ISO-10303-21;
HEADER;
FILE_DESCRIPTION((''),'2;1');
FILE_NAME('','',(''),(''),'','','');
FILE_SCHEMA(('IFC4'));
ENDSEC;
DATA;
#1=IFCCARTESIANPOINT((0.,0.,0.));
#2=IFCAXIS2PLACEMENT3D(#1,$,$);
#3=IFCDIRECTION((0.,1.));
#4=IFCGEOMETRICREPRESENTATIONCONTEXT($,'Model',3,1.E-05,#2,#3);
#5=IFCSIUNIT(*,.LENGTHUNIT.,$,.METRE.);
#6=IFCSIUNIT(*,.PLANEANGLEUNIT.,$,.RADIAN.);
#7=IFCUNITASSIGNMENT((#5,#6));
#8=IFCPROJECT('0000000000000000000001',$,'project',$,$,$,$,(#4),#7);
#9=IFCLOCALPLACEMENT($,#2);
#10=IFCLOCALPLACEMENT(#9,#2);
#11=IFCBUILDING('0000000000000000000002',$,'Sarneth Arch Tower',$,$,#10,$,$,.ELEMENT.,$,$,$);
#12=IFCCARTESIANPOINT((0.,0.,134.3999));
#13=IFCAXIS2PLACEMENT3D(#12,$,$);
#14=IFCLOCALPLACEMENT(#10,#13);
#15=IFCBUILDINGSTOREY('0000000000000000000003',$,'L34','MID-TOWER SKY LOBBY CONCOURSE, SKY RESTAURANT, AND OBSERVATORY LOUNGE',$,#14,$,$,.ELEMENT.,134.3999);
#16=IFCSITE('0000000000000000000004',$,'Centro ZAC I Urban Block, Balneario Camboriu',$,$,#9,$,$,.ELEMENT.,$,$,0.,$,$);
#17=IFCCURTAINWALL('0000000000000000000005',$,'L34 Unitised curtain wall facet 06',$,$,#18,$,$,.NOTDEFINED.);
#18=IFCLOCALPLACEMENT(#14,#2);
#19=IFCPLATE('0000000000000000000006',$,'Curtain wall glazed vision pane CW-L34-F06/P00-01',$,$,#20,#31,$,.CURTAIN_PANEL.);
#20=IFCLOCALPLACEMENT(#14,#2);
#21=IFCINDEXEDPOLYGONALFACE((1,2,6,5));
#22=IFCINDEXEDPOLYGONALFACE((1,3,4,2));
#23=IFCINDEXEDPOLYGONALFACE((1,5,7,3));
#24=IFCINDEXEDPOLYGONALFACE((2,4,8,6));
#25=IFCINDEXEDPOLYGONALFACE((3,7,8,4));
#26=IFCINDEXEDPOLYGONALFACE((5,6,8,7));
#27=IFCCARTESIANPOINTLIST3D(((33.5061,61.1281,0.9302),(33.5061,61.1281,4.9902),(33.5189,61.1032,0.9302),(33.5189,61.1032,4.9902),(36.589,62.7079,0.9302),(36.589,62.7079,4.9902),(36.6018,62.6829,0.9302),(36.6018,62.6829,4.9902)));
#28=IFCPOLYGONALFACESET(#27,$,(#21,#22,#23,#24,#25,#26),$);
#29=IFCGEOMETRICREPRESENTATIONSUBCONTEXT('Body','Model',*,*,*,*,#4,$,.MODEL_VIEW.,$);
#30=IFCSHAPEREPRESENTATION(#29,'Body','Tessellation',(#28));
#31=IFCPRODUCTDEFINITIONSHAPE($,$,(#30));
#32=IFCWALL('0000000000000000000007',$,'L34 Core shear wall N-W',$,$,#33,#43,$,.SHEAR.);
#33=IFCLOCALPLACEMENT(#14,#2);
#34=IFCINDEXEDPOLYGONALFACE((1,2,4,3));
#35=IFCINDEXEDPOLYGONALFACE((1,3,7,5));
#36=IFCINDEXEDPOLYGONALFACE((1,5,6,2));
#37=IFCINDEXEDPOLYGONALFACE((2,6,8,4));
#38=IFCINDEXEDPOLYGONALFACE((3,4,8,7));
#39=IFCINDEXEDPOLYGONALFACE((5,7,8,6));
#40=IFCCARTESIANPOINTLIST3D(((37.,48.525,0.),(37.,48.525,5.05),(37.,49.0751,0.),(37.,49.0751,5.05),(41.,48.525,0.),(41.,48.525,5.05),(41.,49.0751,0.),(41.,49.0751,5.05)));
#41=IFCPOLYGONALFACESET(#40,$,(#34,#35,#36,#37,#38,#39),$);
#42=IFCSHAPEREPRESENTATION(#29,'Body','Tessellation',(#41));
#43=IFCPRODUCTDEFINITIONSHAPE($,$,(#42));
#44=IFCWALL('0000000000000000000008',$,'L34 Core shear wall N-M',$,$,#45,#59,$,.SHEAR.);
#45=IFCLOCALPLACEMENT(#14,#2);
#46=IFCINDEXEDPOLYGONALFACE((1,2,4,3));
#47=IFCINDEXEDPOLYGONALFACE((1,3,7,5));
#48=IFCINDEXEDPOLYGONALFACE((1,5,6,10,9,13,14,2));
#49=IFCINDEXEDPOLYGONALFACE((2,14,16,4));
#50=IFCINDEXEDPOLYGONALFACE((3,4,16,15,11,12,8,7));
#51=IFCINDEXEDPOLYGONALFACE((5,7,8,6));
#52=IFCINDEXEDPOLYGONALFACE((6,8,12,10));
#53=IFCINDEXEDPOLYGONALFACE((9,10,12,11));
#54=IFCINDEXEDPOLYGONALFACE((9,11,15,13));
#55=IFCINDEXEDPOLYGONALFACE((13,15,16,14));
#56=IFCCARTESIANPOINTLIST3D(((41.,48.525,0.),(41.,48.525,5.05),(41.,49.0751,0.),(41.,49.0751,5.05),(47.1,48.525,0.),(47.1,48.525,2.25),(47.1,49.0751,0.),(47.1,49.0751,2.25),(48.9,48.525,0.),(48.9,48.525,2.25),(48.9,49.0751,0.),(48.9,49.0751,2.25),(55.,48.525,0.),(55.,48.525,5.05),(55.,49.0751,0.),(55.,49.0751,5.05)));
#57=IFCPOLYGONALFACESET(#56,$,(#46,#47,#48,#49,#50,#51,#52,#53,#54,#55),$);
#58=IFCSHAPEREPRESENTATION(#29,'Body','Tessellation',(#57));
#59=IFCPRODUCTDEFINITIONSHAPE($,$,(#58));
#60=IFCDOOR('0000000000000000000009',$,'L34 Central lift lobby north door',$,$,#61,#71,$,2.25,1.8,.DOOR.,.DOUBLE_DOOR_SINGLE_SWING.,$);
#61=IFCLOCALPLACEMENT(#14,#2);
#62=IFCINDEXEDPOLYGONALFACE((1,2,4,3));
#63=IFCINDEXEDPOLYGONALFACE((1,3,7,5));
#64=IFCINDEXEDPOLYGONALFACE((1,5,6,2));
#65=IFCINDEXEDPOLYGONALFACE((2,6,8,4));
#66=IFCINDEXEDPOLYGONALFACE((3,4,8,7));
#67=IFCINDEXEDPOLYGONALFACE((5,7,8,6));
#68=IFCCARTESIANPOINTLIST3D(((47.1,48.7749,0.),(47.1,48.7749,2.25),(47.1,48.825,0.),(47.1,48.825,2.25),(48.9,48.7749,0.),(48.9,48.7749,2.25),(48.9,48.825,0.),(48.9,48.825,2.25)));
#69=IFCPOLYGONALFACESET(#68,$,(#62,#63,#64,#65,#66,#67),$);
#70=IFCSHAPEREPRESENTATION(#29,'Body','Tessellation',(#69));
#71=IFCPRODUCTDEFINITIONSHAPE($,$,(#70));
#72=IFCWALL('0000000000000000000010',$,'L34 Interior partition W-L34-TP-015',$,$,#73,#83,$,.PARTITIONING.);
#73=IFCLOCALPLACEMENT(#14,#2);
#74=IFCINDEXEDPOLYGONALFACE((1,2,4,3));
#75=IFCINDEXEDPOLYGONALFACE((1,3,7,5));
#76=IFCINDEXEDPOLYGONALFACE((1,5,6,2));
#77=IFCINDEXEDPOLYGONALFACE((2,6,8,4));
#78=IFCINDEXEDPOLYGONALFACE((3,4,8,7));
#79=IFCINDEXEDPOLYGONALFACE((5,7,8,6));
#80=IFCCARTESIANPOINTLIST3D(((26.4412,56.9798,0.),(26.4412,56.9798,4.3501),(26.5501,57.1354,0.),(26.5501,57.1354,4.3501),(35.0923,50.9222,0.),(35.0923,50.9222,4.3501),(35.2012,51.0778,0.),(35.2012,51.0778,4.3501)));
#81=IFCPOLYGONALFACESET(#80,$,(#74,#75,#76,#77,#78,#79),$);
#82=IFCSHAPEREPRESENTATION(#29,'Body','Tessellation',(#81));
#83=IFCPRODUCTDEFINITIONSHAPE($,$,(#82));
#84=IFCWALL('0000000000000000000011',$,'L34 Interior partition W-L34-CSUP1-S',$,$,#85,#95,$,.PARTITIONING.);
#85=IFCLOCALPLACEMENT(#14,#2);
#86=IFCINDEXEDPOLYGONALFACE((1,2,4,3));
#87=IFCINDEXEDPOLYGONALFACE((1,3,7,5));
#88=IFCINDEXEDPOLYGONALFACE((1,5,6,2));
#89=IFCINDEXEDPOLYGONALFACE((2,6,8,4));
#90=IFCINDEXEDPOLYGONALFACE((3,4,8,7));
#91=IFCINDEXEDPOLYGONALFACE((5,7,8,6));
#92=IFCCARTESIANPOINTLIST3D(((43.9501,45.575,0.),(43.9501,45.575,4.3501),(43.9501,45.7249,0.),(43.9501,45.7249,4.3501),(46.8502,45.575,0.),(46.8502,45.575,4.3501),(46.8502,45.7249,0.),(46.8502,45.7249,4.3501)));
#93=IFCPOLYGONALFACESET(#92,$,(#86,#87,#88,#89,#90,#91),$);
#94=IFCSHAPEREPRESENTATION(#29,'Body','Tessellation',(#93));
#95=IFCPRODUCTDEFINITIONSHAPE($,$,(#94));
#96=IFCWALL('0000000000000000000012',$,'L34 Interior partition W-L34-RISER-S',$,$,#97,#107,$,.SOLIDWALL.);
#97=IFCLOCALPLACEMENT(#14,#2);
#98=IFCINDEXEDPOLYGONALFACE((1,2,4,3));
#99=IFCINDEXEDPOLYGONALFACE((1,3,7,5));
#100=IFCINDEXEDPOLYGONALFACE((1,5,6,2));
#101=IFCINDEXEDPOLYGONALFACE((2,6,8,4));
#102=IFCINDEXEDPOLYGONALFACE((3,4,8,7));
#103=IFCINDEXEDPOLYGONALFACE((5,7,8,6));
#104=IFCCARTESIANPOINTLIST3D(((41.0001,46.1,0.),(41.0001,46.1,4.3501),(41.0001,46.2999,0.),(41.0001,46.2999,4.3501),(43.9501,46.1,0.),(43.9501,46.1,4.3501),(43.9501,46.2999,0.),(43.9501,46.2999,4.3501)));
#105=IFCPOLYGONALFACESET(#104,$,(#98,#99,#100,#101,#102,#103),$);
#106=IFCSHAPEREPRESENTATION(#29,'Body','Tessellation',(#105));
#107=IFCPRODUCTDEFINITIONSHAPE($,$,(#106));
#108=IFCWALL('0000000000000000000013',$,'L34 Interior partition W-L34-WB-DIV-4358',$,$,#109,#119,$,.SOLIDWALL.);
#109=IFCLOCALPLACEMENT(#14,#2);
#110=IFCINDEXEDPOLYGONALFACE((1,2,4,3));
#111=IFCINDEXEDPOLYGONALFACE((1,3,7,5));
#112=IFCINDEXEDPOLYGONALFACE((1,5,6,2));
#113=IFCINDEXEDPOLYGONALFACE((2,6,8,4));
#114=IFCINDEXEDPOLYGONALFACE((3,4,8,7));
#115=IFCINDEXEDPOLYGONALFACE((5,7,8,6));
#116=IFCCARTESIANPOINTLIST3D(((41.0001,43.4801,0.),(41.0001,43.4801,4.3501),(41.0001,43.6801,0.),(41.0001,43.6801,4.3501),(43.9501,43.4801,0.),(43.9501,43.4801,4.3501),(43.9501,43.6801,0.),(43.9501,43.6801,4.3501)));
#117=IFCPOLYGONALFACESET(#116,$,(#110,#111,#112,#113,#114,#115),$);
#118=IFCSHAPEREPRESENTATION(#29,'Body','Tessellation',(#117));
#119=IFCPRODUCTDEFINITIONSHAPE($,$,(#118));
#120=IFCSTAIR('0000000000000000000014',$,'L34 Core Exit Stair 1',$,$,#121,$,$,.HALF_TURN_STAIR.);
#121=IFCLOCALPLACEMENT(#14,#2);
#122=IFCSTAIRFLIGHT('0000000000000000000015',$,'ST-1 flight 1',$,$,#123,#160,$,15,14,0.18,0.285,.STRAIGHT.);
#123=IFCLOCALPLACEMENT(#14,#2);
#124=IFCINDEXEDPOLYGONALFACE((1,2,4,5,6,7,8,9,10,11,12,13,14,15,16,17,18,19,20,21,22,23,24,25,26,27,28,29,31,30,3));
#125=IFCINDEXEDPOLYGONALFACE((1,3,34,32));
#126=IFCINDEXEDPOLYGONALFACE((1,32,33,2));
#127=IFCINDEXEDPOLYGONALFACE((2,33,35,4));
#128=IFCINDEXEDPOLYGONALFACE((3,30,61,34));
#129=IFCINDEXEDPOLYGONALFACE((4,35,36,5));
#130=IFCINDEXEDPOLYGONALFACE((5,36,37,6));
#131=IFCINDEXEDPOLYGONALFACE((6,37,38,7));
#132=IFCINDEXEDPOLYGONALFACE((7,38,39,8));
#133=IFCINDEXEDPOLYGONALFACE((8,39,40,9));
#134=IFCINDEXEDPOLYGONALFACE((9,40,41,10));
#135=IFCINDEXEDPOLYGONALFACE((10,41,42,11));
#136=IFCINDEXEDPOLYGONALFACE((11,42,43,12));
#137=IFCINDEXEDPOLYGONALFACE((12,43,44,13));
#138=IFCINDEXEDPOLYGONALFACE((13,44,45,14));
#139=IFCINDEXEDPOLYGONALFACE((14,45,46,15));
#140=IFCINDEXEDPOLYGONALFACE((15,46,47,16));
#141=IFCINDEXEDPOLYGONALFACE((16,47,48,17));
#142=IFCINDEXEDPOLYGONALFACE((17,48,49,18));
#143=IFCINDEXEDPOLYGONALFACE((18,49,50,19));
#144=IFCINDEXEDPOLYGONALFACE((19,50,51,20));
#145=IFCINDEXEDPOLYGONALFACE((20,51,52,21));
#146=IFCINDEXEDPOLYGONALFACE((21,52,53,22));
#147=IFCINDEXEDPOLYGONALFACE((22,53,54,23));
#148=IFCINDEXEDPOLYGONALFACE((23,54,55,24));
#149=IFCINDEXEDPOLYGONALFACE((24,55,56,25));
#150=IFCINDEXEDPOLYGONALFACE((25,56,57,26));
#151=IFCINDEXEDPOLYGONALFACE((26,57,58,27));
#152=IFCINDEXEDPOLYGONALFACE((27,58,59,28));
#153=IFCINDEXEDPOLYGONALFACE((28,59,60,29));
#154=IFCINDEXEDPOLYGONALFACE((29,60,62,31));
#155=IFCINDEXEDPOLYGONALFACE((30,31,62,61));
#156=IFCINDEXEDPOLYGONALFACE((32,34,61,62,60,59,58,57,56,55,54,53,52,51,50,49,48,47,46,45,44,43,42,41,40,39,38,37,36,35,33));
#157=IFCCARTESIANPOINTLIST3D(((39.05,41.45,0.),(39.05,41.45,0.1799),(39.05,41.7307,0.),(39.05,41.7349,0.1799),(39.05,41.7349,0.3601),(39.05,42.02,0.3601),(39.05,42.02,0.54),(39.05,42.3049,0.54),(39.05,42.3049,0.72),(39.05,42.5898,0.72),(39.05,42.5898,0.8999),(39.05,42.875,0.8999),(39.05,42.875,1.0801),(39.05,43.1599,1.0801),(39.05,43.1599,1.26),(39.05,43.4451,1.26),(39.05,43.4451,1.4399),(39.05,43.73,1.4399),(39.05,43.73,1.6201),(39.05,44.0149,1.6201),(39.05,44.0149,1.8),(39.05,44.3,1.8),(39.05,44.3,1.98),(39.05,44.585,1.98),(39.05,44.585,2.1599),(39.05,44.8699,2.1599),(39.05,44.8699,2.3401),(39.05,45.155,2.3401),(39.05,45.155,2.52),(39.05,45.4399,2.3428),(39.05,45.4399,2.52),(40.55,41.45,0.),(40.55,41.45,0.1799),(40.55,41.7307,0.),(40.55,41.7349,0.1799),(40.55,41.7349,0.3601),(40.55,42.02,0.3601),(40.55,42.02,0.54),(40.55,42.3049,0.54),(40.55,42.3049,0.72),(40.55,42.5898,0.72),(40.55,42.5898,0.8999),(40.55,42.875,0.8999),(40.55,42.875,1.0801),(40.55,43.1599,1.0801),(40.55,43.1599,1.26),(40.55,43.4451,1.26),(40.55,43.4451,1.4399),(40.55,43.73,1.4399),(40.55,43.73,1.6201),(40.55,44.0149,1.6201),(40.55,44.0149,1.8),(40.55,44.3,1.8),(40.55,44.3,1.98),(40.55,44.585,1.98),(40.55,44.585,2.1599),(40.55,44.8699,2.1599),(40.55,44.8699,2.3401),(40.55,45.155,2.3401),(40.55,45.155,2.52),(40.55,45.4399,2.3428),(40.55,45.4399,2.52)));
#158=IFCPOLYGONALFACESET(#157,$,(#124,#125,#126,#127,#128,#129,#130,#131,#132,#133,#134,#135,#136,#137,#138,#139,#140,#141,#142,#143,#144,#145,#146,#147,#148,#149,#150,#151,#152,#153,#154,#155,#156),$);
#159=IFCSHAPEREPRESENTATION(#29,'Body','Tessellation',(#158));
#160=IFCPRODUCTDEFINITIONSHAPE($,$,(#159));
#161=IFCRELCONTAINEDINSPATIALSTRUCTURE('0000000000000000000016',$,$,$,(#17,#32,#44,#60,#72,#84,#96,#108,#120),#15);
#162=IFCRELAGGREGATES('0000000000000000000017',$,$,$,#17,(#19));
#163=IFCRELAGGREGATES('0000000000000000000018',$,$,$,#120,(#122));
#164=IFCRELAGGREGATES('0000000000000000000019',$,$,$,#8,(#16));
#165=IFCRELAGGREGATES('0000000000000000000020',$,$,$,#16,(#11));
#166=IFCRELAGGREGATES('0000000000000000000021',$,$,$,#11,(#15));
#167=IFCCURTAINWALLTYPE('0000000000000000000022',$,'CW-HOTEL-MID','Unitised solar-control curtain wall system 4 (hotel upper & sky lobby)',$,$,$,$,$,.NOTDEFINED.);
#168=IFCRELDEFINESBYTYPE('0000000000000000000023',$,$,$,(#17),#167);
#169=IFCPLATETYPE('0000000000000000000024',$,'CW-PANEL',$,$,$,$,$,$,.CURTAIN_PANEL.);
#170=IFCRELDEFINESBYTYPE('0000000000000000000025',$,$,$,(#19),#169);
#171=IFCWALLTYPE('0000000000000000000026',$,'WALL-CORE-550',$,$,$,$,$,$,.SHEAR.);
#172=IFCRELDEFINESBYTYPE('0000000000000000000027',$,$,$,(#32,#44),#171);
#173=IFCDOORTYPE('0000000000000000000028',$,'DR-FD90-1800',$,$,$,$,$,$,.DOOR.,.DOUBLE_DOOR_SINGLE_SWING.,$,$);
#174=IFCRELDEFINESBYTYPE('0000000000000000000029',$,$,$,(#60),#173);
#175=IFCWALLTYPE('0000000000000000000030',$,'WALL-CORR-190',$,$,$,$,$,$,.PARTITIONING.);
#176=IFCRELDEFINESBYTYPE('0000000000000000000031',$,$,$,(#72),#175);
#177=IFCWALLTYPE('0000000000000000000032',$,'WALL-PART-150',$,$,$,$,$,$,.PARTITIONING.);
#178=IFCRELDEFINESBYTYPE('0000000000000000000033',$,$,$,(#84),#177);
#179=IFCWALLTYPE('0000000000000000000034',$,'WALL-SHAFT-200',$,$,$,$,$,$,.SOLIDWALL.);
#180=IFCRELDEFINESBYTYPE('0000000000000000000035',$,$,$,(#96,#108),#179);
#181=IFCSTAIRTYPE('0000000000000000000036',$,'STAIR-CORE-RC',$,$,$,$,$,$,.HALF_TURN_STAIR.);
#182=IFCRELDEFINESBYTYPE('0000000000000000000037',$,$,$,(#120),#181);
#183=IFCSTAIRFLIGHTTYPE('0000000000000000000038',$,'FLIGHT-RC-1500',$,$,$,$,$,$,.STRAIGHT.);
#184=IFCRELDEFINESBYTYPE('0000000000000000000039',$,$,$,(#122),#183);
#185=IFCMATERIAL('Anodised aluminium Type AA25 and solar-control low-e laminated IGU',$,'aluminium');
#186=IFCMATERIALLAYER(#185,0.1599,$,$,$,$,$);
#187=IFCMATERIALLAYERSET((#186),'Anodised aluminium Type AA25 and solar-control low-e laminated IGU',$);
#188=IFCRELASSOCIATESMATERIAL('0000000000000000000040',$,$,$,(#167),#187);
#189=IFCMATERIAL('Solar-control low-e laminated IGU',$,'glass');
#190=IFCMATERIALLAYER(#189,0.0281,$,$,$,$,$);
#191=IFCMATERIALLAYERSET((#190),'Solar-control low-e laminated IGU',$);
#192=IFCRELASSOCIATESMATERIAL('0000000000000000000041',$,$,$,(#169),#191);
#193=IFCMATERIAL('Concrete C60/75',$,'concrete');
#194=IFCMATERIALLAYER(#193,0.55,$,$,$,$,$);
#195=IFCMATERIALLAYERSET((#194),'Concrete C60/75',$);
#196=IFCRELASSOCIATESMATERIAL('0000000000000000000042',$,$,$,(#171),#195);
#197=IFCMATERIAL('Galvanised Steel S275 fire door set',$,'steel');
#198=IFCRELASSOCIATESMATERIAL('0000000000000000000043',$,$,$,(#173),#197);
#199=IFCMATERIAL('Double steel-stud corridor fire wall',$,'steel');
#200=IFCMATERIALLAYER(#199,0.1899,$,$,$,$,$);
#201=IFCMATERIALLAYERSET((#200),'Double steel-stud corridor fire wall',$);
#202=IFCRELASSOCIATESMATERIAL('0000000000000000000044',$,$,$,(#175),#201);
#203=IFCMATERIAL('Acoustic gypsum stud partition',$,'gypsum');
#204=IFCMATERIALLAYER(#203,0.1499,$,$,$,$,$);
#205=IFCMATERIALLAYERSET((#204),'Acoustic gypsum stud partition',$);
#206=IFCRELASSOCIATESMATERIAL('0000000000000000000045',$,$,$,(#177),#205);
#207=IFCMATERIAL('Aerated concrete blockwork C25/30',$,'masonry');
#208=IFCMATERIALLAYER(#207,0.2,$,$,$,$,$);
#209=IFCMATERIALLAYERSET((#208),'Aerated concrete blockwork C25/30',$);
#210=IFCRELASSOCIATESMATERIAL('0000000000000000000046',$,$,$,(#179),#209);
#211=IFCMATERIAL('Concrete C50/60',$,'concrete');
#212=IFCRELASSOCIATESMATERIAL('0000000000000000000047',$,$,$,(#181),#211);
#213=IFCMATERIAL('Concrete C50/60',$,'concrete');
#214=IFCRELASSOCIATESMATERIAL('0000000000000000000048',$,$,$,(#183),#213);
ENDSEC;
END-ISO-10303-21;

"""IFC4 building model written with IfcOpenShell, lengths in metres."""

from ifc_helpers import new_model, si_unit, direction, frame, frame_2d, origin, origin_2d, place, context, subcontext, project, spatial, polyline, rectangle, outline, extrude, material, layer, layer_set, type_object, element, fill, aggregate, save


model = new_model("IFC4")

# Units and contexts
model_context = context("Model", 3, precision=1e-05, world=origin(), true_north=direction((0.0, 1.0)))
body_context = subcontext(model_context, "Body", "Model", "MODEL_VIEW")
ifc_project = project(units=[si_unit("LENGTHUNIT", "METRE"), si_unit("PLANEANGLEUNIT", "RADIAN")], contexts=[model_context])

# Site, building, storey
site_placement = place(None, origin())
site = spatial("IfcSite", under=ifc_project, at=site_placement, Name="Centro ZAC I Urban Block, Balneario Camboriu", CompositionType="ELEMENT", RefElevation=0.0)
building_placement = place(site_placement, origin())
building = spatial("IfcBuilding", under=site, at=building_placement, Name="Sarneth Arch Tower", CompositionType="ELEMENT")
storey_placement = place(building_placement, frame((0.0, 0.0, 134.3999)))
storey = spatial("IfcBuildingStorey", under=building, at=storey_placement, Name="L34", Description="MID-TOWER SKY LOBBY CONCOURSE, SKY RESTAURANT, AND OBSERVATORY LOUNGE", CompositionType="ELEMENT", Elevation=134.3999)

# Curtain wall, plate
ifc_material_1 = material(Name="Anodised aluminium Type AA25 and solar-control low-e laminated IGU", Category="aluminium")
ifc_layer_1 = layer(ifc_material_1, 0.1599)
ifc_layer_set_1 = layer_set([ifc_layer_1], Name="Anodised aluminium Type AA25 and solar-control low-e laminated IGU")
curtain_wall_type = type_object("IfcCurtainWallType", Name="CW-HOTEL-MID", Description="Unitised solar-control curtain wall system 4 (hotel upper & sky lobby)", PredefinedType="NOTDEFINED", material=ifc_layer_set_1)
curtain_wall_placement = place(storey_placement, origin())
curtain_wall = element("IfcCurtainWall", 1, at=curtain_wall_placement, inside=storey, type_object=curtain_wall_type, Name="L34 Unitised curtain wall facet 06", PredefinedType="NOTDEFINED")
ifc_material_2 = material(Name="Solar-control low-e laminated IGU", Category="glass")
ifc_layer_2 = layer(ifc_material_2, 0.0281)
ifc_layer_set_2 = layer_set([ifc_layer_2], Name="Solar-control low-e laminated IGU")
plate_type = type_object("IfcPlateType", Name="CW-PANEL", PredefinedType="CURTAIN_PANEL", material=ifc_layer_set_2)
plate_1_placement = place(storey_placement, frame((35.054, 61.9055, 0.9302), z_axis=(0.0, 0.0, 1.0), x_axis=(-0.889964, -0.456031, 0.0)))
plate_1 = element("IfcPlate", 2, at=plate_1_placement, type_object=plate_type, Name="Curtain wall glazed vision pane CW-L34-F06/P00-01", PredefinedType="CURTAIN_PANEL", context=body_context, shape_type="SweptSolid", body=[
    extrude(rectangle(XDim=3.4641, YDim=0.0281, at=origin_2d()), origin(), (0.0, 0.0, 1.0), 4.0601),
])
aggregate(curtain_wall, [plate_1])

# Wall
ifc_material_3 = material(Name="Concrete C60/75", Category="concrete")
ifc_layer_3 = layer(ifc_material_3, 0.55)
ifc_layer_set_3 = layer_set([ifc_layer_3], Name="Concrete C60/75")
wall_type_1 = type_object("IfcWallType", Name="WALL-CORE-550", PredefinedType="SHEAR", material=ifc_layer_set_3)
wall_1_placement = place(storey_placement, frame((37.0, 48.8, 0.0), z_axis=(0.0, 0.0, 1.0), x_axis=(1.0, 0.0, 0.0)))
element("IfcWall", 3, at=wall_1_placement, inside=storey, type_object=wall_type_1, Name="L34 Core shear wall N-W", PredefinedType="SHEAR", context=body_context, shape_type="SweptSolid", body=[
    extrude(rectangle(XDim=4.0, YDim=0.55, at=frame_2d((2.0, 0.0))), origin(), (0.0, 0.0, 1.0), 5.05),
])

# Wall, opening, door
wall_2_placement = place(storey_placement, frame((41.0, 48.8, 0.0), z_axis=(0.0, 0.0, 1.0), x_axis=(1.0, 0.0, 0.0)))
wall_2 = element("IfcWall", 4, at=wall_2_placement, inside=storey, type_object=wall_type_1, Name="L34 Core shear wall N-M", PredefinedType="SHEAR", context=body_context, shape_type="SweptSolid", body=[
    extrude(rectangle(XDim=14.0, YDim=0.55, at=frame_2d((7.0, 0.0))), origin(), (0.0, 0.0, 1.0), 5.05),
])
opening_1_placement = place(wall_2_placement, frame((6.1001, 0.0, 0.0)))
opening_1 = element("IfcOpeningElement", 5, at=opening_1_placement, cuts=wall_2, PredefinedType="OPENING", context=body_context, shape_type="SweptSolid", body=[
    extrude(rectangle(XDim=1.8, YDim=2.25, at=frame_2d((0.8999, 1.125))), frame((0.0, 0.2849, 0.0), z_axis=(0.0, -1.0, 0.0), x_axis=(1.0, 0.0, 0.0)), (0.0, 0.0, 1.0), 0.5701),
])
ifc_material_4 = material(Name="Galvanised Steel S275 fire door set", Category="steel")
door_type_1 = type_object("IfcDoorType", Name="DR-FD90-1800", OperationType="DOUBLE_DOOR_SINGLE_SWING", PredefinedType="DOOR", material=ifc_material_4)
door_1_placement = place(opening_1_placement, origin())
door_1 = element("IfcDoor", 6, at=door_1_placement, inside=storey, type_object=door_type_1, Name="L34 Central lift lobby north door", OperationType="DOUBLE_DOOR_SINGLE_SWING", OverallHeight=2.25, OverallWidth=1.8, PredefinedType="DOOR", context=body_context, shape_type="SweptSolid", body=[
    extrude(rectangle(XDim=1.8, YDim=2.25, at=frame_2d((0.8999, 1.125))), frame((0.0, 0.0249, 0.0), z_axis=(0.0, -1.0, 0.0), x_axis=(1.0, 0.0, 0.0)), (0.0, 0.0, 1.0), 0.05),
])
fill(opening_1, door_1)

# Walls
ifc_material_5 = material(Name="Double steel-stud corridor fire wall", Category="steel")
ifc_layer_4 = layer(ifc_material_5, 0.1899)
ifc_layer_set_4 = layer_set([ifc_layer_4], Name="Double steel-stud corridor fire wall")
wall_type_2 = type_object("IfcWallType", Name="WALL-CORR-190", PredefinedType="PARTITIONING", material=ifc_layer_set_4)
wall_3_placement = place(storey_placement, frame((35.1467, 51.0, 0.0), z_axis=(0.0, 0.0, 1.0), x_axis=(-0.81915, 0.573579, 0.0)))
element("IfcWall", 7, at=wall_3_placement, inside=storey, type_object=wall_type_2, Name="L34 Interior partition W-L34-TP-015", PredefinedType="PARTITIONING", context=body_context, shape_type="SweptSolid", body=[
    extrude(rectangle(XDim=10.561, YDim=0.1899, at=frame_2d((5.2805, 0.0))), origin(), (0.0, 0.0, 1.0), 4.3501),
])
ifc_material_6 = material(Name="Acoustic gypsum stud partition", Category="gypsum")
ifc_layer_5 = layer(ifc_material_6, 0.1499)
ifc_layer_set_5 = layer_set([ifc_layer_5], Name="Acoustic gypsum stud partition")
wall_type_3 = type_object("IfcWallType", Name="WALL-PART-150", PredefinedType="PARTITIONING", material=ifc_layer_set_5)
wall_4_placement = place(storey_placement, frame((43.95, 45.6499, 0.0), z_axis=(0.0, 0.0, 1.0), x_axis=(1.0, 0.0, 0.0)))
element("IfcWall", 8, at=wall_4_placement, inside=storey, type_object=wall_type_3, Name="L34 Interior partition W-L34-CSUP1-S", PredefinedType="PARTITIONING", context=body_context, shape_type="SweptSolid", body=[
    extrude(rectangle(XDim=2.9001, YDim=0.1499, at=frame_2d((1.4502, 0.0))), origin(), (0.0, 0.0, 1.0), 4.3501),
])

# Wall
ifc_material_7 = material(Name="Aerated concrete blockwork C25/30", Category="masonry")
ifc_layer_6 = layer(ifc_material_7, 0.2)
ifc_layer_set_6 = layer_set([ifc_layer_6], Name="Aerated concrete blockwork C25/30")
wall_type_4 = type_object("IfcWallType", Name="WALL-SHAFT-200", PredefinedType="SOLIDWALL", material=ifc_layer_set_6)
wall_5_placement = place(storey_placement, frame((41.0, 46.2, 0.0), z_axis=(0.0, 0.0, 1.0), x_axis=(1.0, 0.0, 0.0)))
element("IfcWall", 9, at=wall_5_placement, inside=storey, type_object=wall_type_4, Name="L34 Interior partition W-L34-RISER-S", PredefinedType="SOLIDWALL", context=body_context, shape_type="SweptSolid", body=[
    extrude(rectangle(XDim=2.95, YDim=0.2, at=frame_2d((1.4751, 0.0))), origin(), (0.0, 0.0, 1.0), 4.3501),
])

# Wall
wall_6_placement = place(storey_placement, frame((41.0, 43.5801, 0.0), z_axis=(0.0, 0.0, 1.0), x_axis=(1.0, 0.0, 0.0)))
element("IfcWall", 10, at=wall_6_placement, inside=storey, type_object=wall_type_4, Name="L34 Interior partition W-L34-WB-DIV-4358", PredefinedType="SOLIDWALL", context=body_context, shape_type="SweptSolid", body=[
    extrude(rectangle(XDim=2.95, YDim=0.2, at=frame_2d((1.4751, 0.0))), origin(), (0.0, 0.0, 1.0), 4.3501),
])

# Stair, stair flight
ifc_material_8 = material(Name="Concrete C50/60", Category="concrete")
stair_type = type_object("IfcStairType", Name="STAIR-CORE-RC", PredefinedType="HALF_TURN_STAIR", material=ifc_material_8)
stair_placement = place(storey_placement, origin())
stair = element("IfcStair", 11, at=stair_placement, inside=storey, type_object=stair_type, Name="L34 Core Exit Stair 1", PredefinedType="HALF_TURN_STAIR")
ifc_material_9 = material(Name="Concrete C50/60", Category="concrete")
stair_flight_type = type_object("IfcStairFlightType", Name="FLIGHT-RC-1500", PredefinedType="STRAIGHT", material=ifc_material_9)
stair_flight_1_placement = place(storey_placement, frame((39.8, 41.45, 0.0), z_axis=(0.0, 0.0, 1.0), x_axis=(0.0, 1.0, 0.0)))
stair_flight_1 = element("IfcStairFlight", 12, at=stair_flight_1_placement, type_object=stair_flight_type, Name="ST-1 flight 1", NumberOfRisers=15, NumberOfTreads=14, PredefinedType="STRAIGHT", RiserHeight=0.18, TreadLength=0.285, context=body_context, shape_type="SweptSolid", body=[
    extrude(outline(polyline([(0.0, 0.0), (0.0, 0.1799), (0.2849, 0.1799), (0.2849, 0.3601), (0.5701, 0.3601), (0.5701, 0.54), (0.855, 0.54), (0.855, 0.72), (1.1399, 0.72), (1.1399, 0.8999), (1.425, 0.8999), (1.425, 1.0801), (1.71, 1.0801), (1.71, 1.26), (1.9951, 1.26), (1.9951, 1.4399), (2.28, 1.4399), (2.28, 1.6201), (2.5649, 1.6201), (2.5649, 1.8), (2.8501, 1.8), (2.8501, 1.98), (3.135, 1.98), (3.135, 2.1599), (3.4199, 2.1599), (3.4199, 2.3401), (3.7051, 2.3401), (3.7051, 2.52), (3.99, 2.52), (3.99, 2.7), (3.99, 2.3428), (0.2808, 0.0), (0.0, 0.0)])), frame((0.0, 0.75, 0.0), z_axis=(0.0, -1.0, 0.0), x_axis=(1.0, 0.0, 0.0)), (0.0, 0.0, 1.0), 1.5),
])
aggregate(stair, [stair_flight_1])

save(model, "model.ifc")
